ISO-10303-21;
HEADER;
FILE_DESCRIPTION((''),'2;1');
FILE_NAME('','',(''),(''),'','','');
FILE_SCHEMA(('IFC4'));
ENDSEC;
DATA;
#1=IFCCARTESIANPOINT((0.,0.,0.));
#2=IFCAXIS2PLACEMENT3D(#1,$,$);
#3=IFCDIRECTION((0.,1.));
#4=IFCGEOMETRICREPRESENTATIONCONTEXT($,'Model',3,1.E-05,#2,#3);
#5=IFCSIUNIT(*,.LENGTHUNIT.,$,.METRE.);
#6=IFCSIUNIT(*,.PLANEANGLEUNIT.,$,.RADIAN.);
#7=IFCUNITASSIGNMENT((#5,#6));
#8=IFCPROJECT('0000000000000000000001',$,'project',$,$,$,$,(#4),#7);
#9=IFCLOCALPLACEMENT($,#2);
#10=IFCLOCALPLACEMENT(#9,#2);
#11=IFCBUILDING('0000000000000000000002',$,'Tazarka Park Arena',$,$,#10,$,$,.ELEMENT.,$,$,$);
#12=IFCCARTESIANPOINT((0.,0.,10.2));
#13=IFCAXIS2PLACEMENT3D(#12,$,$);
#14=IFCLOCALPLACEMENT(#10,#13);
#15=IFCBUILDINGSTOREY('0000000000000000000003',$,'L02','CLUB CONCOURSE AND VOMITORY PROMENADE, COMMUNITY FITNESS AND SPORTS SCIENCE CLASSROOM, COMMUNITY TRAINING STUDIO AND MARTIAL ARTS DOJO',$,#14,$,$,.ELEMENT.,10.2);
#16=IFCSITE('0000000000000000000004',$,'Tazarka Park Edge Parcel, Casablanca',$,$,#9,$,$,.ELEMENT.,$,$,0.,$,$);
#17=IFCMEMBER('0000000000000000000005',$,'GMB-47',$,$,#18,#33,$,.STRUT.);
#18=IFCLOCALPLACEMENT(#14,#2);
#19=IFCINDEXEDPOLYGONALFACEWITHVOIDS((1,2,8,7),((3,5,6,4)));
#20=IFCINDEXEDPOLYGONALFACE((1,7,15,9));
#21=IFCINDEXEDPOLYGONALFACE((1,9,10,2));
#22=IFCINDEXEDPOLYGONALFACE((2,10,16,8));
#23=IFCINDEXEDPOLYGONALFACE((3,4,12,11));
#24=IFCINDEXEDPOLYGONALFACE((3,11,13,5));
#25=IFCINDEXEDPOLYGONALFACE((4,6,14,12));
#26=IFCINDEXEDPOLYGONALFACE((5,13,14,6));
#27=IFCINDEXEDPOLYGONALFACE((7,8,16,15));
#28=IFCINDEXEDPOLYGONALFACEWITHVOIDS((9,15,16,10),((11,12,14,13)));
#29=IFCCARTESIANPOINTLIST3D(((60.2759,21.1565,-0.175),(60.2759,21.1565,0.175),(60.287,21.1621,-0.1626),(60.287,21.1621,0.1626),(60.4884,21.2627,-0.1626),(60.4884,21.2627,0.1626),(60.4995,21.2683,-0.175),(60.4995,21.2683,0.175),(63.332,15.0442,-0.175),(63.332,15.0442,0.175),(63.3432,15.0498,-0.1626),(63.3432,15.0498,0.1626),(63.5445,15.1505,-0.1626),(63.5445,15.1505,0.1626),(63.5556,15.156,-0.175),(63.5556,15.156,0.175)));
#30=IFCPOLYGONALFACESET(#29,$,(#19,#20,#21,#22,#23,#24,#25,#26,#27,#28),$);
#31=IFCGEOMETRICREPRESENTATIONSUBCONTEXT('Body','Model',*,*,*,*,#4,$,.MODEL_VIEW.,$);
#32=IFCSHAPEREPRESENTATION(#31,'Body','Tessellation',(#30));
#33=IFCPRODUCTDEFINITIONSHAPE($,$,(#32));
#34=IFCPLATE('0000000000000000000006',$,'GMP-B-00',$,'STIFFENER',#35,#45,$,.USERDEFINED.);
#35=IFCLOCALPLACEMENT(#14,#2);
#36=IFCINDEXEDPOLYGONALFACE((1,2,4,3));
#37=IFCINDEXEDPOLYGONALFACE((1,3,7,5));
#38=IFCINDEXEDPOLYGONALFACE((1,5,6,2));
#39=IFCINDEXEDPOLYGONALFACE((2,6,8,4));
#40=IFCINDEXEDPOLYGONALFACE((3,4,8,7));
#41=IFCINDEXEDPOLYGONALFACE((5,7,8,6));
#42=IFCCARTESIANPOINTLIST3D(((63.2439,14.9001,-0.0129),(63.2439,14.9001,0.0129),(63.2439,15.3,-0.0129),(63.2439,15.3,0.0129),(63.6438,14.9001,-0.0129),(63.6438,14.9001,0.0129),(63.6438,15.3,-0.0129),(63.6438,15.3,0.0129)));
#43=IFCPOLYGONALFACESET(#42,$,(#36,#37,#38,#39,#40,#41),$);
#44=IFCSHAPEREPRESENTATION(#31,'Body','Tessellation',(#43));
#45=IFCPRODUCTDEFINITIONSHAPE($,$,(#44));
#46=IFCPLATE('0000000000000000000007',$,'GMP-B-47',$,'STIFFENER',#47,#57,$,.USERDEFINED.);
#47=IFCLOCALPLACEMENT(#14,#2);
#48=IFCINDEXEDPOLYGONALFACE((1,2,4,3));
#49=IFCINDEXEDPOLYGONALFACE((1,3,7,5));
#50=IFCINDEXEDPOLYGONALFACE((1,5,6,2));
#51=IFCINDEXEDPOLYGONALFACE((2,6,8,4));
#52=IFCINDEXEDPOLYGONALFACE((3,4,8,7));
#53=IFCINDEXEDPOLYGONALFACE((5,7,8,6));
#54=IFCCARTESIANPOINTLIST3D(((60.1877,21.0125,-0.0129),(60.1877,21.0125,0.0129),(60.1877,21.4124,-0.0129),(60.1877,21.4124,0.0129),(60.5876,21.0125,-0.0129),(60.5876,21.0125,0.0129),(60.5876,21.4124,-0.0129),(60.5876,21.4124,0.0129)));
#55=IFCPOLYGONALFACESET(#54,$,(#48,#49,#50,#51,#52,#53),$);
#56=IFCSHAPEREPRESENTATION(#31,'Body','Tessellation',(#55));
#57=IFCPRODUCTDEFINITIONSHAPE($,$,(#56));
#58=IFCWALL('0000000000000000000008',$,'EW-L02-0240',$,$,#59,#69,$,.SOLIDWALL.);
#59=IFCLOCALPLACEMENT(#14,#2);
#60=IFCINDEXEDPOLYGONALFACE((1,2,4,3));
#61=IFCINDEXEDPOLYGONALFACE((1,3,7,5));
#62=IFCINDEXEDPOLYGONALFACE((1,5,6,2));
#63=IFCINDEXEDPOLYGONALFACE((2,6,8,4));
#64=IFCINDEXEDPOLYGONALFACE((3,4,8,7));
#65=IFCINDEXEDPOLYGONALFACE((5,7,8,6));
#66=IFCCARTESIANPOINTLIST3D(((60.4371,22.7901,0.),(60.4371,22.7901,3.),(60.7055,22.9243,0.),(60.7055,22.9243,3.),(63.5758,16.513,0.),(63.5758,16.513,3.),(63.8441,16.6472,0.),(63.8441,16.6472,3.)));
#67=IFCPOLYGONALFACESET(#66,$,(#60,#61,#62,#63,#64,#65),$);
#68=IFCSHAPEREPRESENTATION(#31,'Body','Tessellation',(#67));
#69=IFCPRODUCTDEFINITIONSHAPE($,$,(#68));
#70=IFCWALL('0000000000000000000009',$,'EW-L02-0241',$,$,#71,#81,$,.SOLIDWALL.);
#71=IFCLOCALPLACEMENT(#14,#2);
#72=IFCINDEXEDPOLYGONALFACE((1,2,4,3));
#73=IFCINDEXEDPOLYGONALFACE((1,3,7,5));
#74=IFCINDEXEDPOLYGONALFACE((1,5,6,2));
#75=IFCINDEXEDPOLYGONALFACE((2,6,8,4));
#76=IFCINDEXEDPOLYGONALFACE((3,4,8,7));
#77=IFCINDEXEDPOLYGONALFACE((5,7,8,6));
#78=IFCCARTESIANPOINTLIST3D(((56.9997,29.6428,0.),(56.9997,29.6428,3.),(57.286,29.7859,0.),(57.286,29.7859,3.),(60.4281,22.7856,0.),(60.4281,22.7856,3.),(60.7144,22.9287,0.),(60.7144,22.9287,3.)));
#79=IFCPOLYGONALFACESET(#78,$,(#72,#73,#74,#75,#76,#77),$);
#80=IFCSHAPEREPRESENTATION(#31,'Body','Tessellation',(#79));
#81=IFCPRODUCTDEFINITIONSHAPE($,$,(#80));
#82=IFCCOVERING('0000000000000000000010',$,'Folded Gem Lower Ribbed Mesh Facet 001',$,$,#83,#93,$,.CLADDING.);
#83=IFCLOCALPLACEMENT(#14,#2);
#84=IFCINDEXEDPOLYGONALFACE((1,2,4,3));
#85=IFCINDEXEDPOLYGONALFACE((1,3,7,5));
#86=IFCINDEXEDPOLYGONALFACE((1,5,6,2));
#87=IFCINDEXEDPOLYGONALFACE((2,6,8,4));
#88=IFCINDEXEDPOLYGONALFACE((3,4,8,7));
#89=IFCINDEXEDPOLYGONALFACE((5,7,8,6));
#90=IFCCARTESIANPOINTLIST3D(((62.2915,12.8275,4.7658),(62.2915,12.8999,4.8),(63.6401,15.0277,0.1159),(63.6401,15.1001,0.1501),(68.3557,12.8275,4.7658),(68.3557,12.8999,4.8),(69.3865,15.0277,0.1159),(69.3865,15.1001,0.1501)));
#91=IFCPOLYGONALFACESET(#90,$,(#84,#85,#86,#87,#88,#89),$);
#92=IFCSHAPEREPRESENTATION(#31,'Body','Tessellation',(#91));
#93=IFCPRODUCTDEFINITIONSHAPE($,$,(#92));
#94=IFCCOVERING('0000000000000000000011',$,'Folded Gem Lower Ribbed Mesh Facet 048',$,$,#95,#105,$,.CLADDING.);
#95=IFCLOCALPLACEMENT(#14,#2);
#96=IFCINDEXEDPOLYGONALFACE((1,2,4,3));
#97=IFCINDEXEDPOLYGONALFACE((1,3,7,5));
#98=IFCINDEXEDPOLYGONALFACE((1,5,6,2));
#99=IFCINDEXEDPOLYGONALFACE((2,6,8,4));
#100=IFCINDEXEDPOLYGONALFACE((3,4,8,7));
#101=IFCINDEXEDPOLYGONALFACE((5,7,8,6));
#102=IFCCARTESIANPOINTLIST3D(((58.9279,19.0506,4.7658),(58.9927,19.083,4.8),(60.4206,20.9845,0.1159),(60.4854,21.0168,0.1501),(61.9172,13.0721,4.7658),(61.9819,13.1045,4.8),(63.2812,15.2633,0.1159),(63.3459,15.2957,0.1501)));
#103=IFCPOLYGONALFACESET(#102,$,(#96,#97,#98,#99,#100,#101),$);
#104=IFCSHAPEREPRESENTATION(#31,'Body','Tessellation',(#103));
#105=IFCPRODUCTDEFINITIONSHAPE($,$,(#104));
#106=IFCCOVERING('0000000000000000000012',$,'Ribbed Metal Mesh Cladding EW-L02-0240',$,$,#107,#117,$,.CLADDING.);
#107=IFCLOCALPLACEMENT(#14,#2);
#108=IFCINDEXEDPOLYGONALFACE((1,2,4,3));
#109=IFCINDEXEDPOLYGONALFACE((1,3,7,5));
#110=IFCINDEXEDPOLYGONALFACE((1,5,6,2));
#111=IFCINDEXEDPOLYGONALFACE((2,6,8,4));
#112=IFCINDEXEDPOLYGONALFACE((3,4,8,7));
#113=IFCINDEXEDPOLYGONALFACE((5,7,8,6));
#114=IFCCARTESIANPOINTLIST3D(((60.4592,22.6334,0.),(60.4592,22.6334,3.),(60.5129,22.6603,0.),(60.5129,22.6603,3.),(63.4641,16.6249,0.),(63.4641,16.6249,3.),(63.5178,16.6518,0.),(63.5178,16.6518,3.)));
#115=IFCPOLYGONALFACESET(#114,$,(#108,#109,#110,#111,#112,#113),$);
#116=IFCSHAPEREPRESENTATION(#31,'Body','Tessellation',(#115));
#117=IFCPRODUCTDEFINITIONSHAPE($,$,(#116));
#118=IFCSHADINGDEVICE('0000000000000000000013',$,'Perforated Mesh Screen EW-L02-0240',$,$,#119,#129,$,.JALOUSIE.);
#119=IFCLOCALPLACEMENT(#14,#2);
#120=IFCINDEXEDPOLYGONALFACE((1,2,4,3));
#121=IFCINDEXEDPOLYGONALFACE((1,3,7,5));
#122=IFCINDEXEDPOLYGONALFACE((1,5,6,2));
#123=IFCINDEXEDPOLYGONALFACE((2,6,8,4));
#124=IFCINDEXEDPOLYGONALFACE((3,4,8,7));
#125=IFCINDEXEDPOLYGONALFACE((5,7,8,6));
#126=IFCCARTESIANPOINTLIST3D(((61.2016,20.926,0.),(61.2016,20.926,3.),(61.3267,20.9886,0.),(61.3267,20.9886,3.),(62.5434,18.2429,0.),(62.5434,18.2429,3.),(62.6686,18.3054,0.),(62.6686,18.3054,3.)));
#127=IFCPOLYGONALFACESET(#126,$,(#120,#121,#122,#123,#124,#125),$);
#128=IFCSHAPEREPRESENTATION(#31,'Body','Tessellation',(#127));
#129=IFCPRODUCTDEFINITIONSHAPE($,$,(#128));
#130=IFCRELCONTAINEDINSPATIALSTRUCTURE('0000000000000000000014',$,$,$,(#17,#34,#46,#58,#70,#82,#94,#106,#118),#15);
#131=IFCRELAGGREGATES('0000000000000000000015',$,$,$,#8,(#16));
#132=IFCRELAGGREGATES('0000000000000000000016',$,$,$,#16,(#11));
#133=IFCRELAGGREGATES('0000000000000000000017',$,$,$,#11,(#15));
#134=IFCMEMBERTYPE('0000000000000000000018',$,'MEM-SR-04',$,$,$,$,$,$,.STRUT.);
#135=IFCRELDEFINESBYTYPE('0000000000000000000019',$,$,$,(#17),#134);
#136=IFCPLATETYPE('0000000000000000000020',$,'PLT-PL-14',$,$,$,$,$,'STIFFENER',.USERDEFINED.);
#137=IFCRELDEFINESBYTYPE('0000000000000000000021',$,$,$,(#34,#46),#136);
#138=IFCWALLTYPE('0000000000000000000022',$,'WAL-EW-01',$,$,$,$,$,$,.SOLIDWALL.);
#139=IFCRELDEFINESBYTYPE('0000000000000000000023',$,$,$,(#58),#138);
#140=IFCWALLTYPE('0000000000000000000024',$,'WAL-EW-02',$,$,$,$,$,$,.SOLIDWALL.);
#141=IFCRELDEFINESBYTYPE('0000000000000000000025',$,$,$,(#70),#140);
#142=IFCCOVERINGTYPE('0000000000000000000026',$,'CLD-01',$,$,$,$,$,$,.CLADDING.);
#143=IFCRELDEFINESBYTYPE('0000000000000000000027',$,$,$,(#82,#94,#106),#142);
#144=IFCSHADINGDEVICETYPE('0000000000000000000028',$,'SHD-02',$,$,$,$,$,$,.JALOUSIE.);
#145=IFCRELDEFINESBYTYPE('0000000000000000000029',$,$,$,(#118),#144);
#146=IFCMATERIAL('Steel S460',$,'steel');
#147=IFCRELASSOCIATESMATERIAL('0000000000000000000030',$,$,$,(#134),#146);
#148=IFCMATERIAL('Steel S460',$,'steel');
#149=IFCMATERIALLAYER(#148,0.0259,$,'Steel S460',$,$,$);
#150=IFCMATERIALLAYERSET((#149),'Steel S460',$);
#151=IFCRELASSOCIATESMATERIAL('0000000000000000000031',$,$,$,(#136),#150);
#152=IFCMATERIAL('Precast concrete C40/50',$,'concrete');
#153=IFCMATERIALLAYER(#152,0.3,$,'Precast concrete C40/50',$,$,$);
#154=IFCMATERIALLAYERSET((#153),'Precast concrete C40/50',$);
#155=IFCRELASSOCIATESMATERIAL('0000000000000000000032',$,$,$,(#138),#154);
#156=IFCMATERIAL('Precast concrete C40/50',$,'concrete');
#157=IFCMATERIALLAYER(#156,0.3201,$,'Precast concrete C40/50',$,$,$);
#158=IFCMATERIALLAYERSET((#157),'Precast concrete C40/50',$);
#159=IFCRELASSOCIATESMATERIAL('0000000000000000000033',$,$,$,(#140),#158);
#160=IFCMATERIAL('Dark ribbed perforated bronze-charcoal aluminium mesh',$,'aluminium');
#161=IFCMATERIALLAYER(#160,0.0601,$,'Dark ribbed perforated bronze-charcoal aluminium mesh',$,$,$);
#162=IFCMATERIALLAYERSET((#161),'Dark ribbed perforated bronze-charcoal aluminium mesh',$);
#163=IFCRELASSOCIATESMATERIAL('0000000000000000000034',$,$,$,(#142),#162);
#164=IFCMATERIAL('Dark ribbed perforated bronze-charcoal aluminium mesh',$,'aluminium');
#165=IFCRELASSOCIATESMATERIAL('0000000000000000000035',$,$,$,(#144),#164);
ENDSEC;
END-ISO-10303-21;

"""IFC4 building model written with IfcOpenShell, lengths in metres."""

from ifc_helpers import new_model, si_unit, direction, frame, frame_2d, origin, origin_2d, place, context, subcontext, project, spatial, polyline, rectangle, hollow_rectangle, outline, extrude, material, layer, layer_set, material_profile, profile_set, type_object, element, save


model = new_model("IFC4")

# Units and contexts
model_context = context("Model", 3, precision=1e-05, world=origin(), true_north=direction((0.0, 1.0)))
body_context = subcontext(model_context, "Body", "Model", "MODEL_VIEW")
ifc_project = project(units=[si_unit("LENGTHUNIT", "METRE"), si_unit("PLANEANGLEUNIT", "RADIAN")], contexts=[model_context])

# Site, building, storey
site_placement = place(None, origin())
site = spatial("IfcSite", under=ifc_project, at=site_placement, Name="Tazarka Park Edge Parcel, Casablanca", CompositionType="ELEMENT", RefElevation=0.0)
building_placement = place(site_placement, origin())
building = spatial("IfcBuilding", under=site, at=building_placement, Name="Tazarka Park Arena", CompositionType="ELEMENT")
storey_placement = place(building_placement, frame((0.0, 0.0, 10.2)))
storey = spatial("IfcBuildingStorey", under=building, at=storey_placement, Name="L02", Description="CLUB CONCOURSE AND VOMITORY PROMENADE, COMMUNITY FITNESS AND SPORTS SCIENCE CLASSROOM, COMMUNITY TRAINING STUDIO AND MARTIAL ARTS DOJO", CompositionType="ELEMENT", Elevation=10.2)

# Member
ifc_material_1 = material(Name="Steel S460", Category="steel")
ifc_material_profile_1 = material_profile(ifc_material_1, hollow_rectangle(XDim=0.25, YDim=0.3501, WallThickness=0.0125, at=origin_2d()), Name="Steel S460")
ifc_profile_set_1 = profile_set([ifc_material_profile_1], Name="Steel S460")
member_type_1 = type_object("IfcMemberType", Name="MEM-SR-04", PredefinedType="STRUT", material=ifc_profile_set_1)
member_1_placement = place(storey_placement, frame((60.3877, 21.2124, 0.0), z_axis=(0.447214, -0.894427, 0.0), x_axis=(0.894427, 0.447214, 0.0)))
element("IfcMember", 1, at=member_1_placement, inside=storey, type_object=member_type_1, Name="GMB-47", PredefinedType="STRUT", context=body_context, shape_type="SweptSolid", body=[
    extrude(hollow_rectangle(XDim=0.25, YDim=0.3501, WallThickness=0.0125, at=origin_2d()), origin(), (0.0, 0.0, 1.0), 6.8337),
])

# Plates
ifc_material_2 = material(Name="Steel S460", Category="steel")
ifc_layer_1 = layer(ifc_material_2, 0.0259, Name="Steel S460")
ifc_layer_set_1 = layer_set([ifc_layer_1], Name="Steel S460")
plate_type = type_object("IfcPlateType", Name="PLT-PL-14", ElementType="STIFFENER", PredefinedType="USERDEFINED", material=ifc_layer_set_1)
for number, where, z_axis, x_axis, name in (
    (2, (63.4438, 15.1001, -0.0129), (0.0, 0.0, 1.0), (1.0, 0.0, 0.0), "GMP-B-00"),
    (3, (60.3877, 21.2124, -0.0129), (0.0, 0.0, 1.0), (1.0, 0.0, 0.0), "GMP-B-47"),
):
    element("IfcPlate", number, at=place(storey_placement, frame(where, z_axis=z_axis, x_axis=x_axis)), inside=storey, type_object=plate_type, Name=name, ObjectType="STIFFENER", PredefinedType="USERDEFINED", context=body_context, shape_type="SweptSolid", body=[
        extrude(rectangle(XDim=0.3999, YDim=0.3999, at=origin_2d()), origin(), (0.0, 0.0, 1.0), 0.0259),
    ])

# Walls
ifc_material_3 = material(Name="Precast concrete C40/50", Category="concrete")
ifc_layer_2 = layer(ifc_material_3, 0.3, Name="Precast concrete C40/50")
ifc_layer_set_2 = layer_set([ifc_layer_2], Name="Precast concrete C40/50")
wall_type_1 = type_object("IfcWallType", Name="WAL-EW-01", PredefinedType="SOLIDWALL", material=ifc_layer_set_2)
wall_1_placement = place(storey_placement, frame((63.71, 16.5801, 0.0), z_axis=(0.0, 0.0, 1.0), x_axis=(-0.447228, 0.89442, 0.0)))
element("IfcWall", 4, at=wall_1_placement, inside=storey, type_object=wall_type_1, Name="EW-L02-0240", PredefinedType="SOLIDWALL", context=body_context, shape_type="SweptSolid", body=[
    extrude(rectangle(XDim=7.0181, YDim=0.3, at=frame_2d((3.509, 0.0))), origin(), (0.0, 0.0, 1.0), 3.0),
])
ifc_material_4 = material(Name="Precast concrete C40/50", Category="concrete")
ifc_layer_3 = layer(ifc_material_4, 0.3201, Name="Precast concrete C40/50")
ifc_layer_set_3 = layer_set([ifc_layer_3], Name="Precast concrete C40/50")
wall_type_2 = type_object("IfcWallType", Name="WAL-EW-02", PredefinedType="SOLIDWALL", material=ifc_layer_set_3)
wall_2_placement = place(storey_placement, frame((60.5713, 22.8572, 0.0), z_axis=(0.0, 0.0, 1.0), x_axis=(-0.447201, 0.894434, 0.0)))
element("IfcWall", 5, at=wall_2_placement, inside=storey, type_object=wall_type_2, Name="EW-L02-0241", PredefinedType="SOLIDWALL", context=body_context, shape_type="SweptSolid", body=[
    extrude(rectangle(XDim=7.6665, YDim=0.3201, at=frame_2d((3.8333, 0.0))), origin(), (0.0, 0.0, 1.0), 3.0),
])

# Coverings
ifc_material_5 = material(Name="Dark ribbed perforated bronze-charcoal aluminium mesh", Category="aluminium")
ifc_layer_4 = layer(ifc_material_5, 0.0601, Name="Dark ribbed perforated bronze-charcoal aluminium mesh")
ifc_layer_set_4 = layer_set([ifc_layer_4], Name="Dark ribbed perforated bronze-charcoal aluminium mesh")
covering_type = type_object("IfcCoveringType", Name="CLD-01", PredefinedType="CLADDING", material=ifc_layer_set_4)
covering_1_placement = place(storey_placement, frame((63.6401, 15.1001, 0.1501), z_axis=(0.0, 0.903918, 0.427707), x_axis=(1.0, 0.0, 0.0)))
element("IfcCovering", 6, at=covering_1_placement, inside=storey, type_object=covering_type, Name="Folded Gem Lower Ribbed Mesh Facet 001", PredefinedType="CLADDING", context=body_context, shape_type="SweptSolid", body=[
    extrude(outline(polyline([(0.0, 0.0), (5.7463, 0.0), (4.7156, -5.1442), (-1.3486, -5.1442), (0.0, 0.0)])), origin(), (0.0, 0.0, -1.0), 0.0801),
])
covering_2_placement = place(storey_placement, frame((60.4854, 21.0168, 0.1501), z_axis=(0.808506, 0.404253, 0.427664), x_axis=(0.447214, -0.894427, 0.0)))
element("IfcCovering", 7, at=covering_2_placement, inside=storey, type_object=covering_type, Name="Folded Gem Lower Ribbed Mesh Facet 048", PredefinedType="CLADDING", context=body_context, shape_type="SweptSolid", body=[
    extrude(outline(polyline([(0.0, 0.0), (6.3965, 0.0), (7.7463, -5.1441), (1.0621, -5.1441), (0.0, 0.0)])), origin(), (0.0, 0.0, -1.0), 0.0801),
])
covering_3_placement = place(storey_placement, frame((61.9885, 19.6426, 0.0), z_axis=(0.0, 0.0, 1.0), x_axis=(-0.447291, 0.894389, 0.0)))
element("IfcCovering", 8, at=covering_3_placement, inside=storey, type_object=covering_type, Name="Ribbed Metal Mesh Cladding EW-L02-0240", PredefinedType="CLADDING", context=body_context, shape_type="SweptSolid", body=[
    extrude(rectangle(XDim=6.718, YDim=0.0601, at=origin_2d()), origin(), (0.0, 0.0, 1.0), 3.0),
])

# Shading device
ifc_material_6 = material(Name="Dark ribbed perforated bronze-charcoal aluminium mesh", Category="aluminium")
shading_device_type = type_object("IfcShadingDeviceType", Name="SHD-02", PredefinedType="JALOUSIE", material=ifc_material_6)
shading_device_placement = place(storey_placement, frame((61.9351, 19.6157, 0.0), z_axis=(0.0, 0.0, 1.0), x_axis=(-0.447291, 0.894389, 0.0)))
element("IfcShadingDevice", 9, at=shading_device_placement, inside=storey, type_object=shading_device_type, Name="Perforated Mesh Screen EW-L02-0240", PredefinedType="JALOUSIE", context=body_context, shape_type="SweptSolid", body=[
    extrude(rectangle(XDim=3.0, YDim=0.1399, at=origin_2d()), origin(), (0.0, 0.0, 1.0), 3.0),
])

save(model, "model.ifc")
